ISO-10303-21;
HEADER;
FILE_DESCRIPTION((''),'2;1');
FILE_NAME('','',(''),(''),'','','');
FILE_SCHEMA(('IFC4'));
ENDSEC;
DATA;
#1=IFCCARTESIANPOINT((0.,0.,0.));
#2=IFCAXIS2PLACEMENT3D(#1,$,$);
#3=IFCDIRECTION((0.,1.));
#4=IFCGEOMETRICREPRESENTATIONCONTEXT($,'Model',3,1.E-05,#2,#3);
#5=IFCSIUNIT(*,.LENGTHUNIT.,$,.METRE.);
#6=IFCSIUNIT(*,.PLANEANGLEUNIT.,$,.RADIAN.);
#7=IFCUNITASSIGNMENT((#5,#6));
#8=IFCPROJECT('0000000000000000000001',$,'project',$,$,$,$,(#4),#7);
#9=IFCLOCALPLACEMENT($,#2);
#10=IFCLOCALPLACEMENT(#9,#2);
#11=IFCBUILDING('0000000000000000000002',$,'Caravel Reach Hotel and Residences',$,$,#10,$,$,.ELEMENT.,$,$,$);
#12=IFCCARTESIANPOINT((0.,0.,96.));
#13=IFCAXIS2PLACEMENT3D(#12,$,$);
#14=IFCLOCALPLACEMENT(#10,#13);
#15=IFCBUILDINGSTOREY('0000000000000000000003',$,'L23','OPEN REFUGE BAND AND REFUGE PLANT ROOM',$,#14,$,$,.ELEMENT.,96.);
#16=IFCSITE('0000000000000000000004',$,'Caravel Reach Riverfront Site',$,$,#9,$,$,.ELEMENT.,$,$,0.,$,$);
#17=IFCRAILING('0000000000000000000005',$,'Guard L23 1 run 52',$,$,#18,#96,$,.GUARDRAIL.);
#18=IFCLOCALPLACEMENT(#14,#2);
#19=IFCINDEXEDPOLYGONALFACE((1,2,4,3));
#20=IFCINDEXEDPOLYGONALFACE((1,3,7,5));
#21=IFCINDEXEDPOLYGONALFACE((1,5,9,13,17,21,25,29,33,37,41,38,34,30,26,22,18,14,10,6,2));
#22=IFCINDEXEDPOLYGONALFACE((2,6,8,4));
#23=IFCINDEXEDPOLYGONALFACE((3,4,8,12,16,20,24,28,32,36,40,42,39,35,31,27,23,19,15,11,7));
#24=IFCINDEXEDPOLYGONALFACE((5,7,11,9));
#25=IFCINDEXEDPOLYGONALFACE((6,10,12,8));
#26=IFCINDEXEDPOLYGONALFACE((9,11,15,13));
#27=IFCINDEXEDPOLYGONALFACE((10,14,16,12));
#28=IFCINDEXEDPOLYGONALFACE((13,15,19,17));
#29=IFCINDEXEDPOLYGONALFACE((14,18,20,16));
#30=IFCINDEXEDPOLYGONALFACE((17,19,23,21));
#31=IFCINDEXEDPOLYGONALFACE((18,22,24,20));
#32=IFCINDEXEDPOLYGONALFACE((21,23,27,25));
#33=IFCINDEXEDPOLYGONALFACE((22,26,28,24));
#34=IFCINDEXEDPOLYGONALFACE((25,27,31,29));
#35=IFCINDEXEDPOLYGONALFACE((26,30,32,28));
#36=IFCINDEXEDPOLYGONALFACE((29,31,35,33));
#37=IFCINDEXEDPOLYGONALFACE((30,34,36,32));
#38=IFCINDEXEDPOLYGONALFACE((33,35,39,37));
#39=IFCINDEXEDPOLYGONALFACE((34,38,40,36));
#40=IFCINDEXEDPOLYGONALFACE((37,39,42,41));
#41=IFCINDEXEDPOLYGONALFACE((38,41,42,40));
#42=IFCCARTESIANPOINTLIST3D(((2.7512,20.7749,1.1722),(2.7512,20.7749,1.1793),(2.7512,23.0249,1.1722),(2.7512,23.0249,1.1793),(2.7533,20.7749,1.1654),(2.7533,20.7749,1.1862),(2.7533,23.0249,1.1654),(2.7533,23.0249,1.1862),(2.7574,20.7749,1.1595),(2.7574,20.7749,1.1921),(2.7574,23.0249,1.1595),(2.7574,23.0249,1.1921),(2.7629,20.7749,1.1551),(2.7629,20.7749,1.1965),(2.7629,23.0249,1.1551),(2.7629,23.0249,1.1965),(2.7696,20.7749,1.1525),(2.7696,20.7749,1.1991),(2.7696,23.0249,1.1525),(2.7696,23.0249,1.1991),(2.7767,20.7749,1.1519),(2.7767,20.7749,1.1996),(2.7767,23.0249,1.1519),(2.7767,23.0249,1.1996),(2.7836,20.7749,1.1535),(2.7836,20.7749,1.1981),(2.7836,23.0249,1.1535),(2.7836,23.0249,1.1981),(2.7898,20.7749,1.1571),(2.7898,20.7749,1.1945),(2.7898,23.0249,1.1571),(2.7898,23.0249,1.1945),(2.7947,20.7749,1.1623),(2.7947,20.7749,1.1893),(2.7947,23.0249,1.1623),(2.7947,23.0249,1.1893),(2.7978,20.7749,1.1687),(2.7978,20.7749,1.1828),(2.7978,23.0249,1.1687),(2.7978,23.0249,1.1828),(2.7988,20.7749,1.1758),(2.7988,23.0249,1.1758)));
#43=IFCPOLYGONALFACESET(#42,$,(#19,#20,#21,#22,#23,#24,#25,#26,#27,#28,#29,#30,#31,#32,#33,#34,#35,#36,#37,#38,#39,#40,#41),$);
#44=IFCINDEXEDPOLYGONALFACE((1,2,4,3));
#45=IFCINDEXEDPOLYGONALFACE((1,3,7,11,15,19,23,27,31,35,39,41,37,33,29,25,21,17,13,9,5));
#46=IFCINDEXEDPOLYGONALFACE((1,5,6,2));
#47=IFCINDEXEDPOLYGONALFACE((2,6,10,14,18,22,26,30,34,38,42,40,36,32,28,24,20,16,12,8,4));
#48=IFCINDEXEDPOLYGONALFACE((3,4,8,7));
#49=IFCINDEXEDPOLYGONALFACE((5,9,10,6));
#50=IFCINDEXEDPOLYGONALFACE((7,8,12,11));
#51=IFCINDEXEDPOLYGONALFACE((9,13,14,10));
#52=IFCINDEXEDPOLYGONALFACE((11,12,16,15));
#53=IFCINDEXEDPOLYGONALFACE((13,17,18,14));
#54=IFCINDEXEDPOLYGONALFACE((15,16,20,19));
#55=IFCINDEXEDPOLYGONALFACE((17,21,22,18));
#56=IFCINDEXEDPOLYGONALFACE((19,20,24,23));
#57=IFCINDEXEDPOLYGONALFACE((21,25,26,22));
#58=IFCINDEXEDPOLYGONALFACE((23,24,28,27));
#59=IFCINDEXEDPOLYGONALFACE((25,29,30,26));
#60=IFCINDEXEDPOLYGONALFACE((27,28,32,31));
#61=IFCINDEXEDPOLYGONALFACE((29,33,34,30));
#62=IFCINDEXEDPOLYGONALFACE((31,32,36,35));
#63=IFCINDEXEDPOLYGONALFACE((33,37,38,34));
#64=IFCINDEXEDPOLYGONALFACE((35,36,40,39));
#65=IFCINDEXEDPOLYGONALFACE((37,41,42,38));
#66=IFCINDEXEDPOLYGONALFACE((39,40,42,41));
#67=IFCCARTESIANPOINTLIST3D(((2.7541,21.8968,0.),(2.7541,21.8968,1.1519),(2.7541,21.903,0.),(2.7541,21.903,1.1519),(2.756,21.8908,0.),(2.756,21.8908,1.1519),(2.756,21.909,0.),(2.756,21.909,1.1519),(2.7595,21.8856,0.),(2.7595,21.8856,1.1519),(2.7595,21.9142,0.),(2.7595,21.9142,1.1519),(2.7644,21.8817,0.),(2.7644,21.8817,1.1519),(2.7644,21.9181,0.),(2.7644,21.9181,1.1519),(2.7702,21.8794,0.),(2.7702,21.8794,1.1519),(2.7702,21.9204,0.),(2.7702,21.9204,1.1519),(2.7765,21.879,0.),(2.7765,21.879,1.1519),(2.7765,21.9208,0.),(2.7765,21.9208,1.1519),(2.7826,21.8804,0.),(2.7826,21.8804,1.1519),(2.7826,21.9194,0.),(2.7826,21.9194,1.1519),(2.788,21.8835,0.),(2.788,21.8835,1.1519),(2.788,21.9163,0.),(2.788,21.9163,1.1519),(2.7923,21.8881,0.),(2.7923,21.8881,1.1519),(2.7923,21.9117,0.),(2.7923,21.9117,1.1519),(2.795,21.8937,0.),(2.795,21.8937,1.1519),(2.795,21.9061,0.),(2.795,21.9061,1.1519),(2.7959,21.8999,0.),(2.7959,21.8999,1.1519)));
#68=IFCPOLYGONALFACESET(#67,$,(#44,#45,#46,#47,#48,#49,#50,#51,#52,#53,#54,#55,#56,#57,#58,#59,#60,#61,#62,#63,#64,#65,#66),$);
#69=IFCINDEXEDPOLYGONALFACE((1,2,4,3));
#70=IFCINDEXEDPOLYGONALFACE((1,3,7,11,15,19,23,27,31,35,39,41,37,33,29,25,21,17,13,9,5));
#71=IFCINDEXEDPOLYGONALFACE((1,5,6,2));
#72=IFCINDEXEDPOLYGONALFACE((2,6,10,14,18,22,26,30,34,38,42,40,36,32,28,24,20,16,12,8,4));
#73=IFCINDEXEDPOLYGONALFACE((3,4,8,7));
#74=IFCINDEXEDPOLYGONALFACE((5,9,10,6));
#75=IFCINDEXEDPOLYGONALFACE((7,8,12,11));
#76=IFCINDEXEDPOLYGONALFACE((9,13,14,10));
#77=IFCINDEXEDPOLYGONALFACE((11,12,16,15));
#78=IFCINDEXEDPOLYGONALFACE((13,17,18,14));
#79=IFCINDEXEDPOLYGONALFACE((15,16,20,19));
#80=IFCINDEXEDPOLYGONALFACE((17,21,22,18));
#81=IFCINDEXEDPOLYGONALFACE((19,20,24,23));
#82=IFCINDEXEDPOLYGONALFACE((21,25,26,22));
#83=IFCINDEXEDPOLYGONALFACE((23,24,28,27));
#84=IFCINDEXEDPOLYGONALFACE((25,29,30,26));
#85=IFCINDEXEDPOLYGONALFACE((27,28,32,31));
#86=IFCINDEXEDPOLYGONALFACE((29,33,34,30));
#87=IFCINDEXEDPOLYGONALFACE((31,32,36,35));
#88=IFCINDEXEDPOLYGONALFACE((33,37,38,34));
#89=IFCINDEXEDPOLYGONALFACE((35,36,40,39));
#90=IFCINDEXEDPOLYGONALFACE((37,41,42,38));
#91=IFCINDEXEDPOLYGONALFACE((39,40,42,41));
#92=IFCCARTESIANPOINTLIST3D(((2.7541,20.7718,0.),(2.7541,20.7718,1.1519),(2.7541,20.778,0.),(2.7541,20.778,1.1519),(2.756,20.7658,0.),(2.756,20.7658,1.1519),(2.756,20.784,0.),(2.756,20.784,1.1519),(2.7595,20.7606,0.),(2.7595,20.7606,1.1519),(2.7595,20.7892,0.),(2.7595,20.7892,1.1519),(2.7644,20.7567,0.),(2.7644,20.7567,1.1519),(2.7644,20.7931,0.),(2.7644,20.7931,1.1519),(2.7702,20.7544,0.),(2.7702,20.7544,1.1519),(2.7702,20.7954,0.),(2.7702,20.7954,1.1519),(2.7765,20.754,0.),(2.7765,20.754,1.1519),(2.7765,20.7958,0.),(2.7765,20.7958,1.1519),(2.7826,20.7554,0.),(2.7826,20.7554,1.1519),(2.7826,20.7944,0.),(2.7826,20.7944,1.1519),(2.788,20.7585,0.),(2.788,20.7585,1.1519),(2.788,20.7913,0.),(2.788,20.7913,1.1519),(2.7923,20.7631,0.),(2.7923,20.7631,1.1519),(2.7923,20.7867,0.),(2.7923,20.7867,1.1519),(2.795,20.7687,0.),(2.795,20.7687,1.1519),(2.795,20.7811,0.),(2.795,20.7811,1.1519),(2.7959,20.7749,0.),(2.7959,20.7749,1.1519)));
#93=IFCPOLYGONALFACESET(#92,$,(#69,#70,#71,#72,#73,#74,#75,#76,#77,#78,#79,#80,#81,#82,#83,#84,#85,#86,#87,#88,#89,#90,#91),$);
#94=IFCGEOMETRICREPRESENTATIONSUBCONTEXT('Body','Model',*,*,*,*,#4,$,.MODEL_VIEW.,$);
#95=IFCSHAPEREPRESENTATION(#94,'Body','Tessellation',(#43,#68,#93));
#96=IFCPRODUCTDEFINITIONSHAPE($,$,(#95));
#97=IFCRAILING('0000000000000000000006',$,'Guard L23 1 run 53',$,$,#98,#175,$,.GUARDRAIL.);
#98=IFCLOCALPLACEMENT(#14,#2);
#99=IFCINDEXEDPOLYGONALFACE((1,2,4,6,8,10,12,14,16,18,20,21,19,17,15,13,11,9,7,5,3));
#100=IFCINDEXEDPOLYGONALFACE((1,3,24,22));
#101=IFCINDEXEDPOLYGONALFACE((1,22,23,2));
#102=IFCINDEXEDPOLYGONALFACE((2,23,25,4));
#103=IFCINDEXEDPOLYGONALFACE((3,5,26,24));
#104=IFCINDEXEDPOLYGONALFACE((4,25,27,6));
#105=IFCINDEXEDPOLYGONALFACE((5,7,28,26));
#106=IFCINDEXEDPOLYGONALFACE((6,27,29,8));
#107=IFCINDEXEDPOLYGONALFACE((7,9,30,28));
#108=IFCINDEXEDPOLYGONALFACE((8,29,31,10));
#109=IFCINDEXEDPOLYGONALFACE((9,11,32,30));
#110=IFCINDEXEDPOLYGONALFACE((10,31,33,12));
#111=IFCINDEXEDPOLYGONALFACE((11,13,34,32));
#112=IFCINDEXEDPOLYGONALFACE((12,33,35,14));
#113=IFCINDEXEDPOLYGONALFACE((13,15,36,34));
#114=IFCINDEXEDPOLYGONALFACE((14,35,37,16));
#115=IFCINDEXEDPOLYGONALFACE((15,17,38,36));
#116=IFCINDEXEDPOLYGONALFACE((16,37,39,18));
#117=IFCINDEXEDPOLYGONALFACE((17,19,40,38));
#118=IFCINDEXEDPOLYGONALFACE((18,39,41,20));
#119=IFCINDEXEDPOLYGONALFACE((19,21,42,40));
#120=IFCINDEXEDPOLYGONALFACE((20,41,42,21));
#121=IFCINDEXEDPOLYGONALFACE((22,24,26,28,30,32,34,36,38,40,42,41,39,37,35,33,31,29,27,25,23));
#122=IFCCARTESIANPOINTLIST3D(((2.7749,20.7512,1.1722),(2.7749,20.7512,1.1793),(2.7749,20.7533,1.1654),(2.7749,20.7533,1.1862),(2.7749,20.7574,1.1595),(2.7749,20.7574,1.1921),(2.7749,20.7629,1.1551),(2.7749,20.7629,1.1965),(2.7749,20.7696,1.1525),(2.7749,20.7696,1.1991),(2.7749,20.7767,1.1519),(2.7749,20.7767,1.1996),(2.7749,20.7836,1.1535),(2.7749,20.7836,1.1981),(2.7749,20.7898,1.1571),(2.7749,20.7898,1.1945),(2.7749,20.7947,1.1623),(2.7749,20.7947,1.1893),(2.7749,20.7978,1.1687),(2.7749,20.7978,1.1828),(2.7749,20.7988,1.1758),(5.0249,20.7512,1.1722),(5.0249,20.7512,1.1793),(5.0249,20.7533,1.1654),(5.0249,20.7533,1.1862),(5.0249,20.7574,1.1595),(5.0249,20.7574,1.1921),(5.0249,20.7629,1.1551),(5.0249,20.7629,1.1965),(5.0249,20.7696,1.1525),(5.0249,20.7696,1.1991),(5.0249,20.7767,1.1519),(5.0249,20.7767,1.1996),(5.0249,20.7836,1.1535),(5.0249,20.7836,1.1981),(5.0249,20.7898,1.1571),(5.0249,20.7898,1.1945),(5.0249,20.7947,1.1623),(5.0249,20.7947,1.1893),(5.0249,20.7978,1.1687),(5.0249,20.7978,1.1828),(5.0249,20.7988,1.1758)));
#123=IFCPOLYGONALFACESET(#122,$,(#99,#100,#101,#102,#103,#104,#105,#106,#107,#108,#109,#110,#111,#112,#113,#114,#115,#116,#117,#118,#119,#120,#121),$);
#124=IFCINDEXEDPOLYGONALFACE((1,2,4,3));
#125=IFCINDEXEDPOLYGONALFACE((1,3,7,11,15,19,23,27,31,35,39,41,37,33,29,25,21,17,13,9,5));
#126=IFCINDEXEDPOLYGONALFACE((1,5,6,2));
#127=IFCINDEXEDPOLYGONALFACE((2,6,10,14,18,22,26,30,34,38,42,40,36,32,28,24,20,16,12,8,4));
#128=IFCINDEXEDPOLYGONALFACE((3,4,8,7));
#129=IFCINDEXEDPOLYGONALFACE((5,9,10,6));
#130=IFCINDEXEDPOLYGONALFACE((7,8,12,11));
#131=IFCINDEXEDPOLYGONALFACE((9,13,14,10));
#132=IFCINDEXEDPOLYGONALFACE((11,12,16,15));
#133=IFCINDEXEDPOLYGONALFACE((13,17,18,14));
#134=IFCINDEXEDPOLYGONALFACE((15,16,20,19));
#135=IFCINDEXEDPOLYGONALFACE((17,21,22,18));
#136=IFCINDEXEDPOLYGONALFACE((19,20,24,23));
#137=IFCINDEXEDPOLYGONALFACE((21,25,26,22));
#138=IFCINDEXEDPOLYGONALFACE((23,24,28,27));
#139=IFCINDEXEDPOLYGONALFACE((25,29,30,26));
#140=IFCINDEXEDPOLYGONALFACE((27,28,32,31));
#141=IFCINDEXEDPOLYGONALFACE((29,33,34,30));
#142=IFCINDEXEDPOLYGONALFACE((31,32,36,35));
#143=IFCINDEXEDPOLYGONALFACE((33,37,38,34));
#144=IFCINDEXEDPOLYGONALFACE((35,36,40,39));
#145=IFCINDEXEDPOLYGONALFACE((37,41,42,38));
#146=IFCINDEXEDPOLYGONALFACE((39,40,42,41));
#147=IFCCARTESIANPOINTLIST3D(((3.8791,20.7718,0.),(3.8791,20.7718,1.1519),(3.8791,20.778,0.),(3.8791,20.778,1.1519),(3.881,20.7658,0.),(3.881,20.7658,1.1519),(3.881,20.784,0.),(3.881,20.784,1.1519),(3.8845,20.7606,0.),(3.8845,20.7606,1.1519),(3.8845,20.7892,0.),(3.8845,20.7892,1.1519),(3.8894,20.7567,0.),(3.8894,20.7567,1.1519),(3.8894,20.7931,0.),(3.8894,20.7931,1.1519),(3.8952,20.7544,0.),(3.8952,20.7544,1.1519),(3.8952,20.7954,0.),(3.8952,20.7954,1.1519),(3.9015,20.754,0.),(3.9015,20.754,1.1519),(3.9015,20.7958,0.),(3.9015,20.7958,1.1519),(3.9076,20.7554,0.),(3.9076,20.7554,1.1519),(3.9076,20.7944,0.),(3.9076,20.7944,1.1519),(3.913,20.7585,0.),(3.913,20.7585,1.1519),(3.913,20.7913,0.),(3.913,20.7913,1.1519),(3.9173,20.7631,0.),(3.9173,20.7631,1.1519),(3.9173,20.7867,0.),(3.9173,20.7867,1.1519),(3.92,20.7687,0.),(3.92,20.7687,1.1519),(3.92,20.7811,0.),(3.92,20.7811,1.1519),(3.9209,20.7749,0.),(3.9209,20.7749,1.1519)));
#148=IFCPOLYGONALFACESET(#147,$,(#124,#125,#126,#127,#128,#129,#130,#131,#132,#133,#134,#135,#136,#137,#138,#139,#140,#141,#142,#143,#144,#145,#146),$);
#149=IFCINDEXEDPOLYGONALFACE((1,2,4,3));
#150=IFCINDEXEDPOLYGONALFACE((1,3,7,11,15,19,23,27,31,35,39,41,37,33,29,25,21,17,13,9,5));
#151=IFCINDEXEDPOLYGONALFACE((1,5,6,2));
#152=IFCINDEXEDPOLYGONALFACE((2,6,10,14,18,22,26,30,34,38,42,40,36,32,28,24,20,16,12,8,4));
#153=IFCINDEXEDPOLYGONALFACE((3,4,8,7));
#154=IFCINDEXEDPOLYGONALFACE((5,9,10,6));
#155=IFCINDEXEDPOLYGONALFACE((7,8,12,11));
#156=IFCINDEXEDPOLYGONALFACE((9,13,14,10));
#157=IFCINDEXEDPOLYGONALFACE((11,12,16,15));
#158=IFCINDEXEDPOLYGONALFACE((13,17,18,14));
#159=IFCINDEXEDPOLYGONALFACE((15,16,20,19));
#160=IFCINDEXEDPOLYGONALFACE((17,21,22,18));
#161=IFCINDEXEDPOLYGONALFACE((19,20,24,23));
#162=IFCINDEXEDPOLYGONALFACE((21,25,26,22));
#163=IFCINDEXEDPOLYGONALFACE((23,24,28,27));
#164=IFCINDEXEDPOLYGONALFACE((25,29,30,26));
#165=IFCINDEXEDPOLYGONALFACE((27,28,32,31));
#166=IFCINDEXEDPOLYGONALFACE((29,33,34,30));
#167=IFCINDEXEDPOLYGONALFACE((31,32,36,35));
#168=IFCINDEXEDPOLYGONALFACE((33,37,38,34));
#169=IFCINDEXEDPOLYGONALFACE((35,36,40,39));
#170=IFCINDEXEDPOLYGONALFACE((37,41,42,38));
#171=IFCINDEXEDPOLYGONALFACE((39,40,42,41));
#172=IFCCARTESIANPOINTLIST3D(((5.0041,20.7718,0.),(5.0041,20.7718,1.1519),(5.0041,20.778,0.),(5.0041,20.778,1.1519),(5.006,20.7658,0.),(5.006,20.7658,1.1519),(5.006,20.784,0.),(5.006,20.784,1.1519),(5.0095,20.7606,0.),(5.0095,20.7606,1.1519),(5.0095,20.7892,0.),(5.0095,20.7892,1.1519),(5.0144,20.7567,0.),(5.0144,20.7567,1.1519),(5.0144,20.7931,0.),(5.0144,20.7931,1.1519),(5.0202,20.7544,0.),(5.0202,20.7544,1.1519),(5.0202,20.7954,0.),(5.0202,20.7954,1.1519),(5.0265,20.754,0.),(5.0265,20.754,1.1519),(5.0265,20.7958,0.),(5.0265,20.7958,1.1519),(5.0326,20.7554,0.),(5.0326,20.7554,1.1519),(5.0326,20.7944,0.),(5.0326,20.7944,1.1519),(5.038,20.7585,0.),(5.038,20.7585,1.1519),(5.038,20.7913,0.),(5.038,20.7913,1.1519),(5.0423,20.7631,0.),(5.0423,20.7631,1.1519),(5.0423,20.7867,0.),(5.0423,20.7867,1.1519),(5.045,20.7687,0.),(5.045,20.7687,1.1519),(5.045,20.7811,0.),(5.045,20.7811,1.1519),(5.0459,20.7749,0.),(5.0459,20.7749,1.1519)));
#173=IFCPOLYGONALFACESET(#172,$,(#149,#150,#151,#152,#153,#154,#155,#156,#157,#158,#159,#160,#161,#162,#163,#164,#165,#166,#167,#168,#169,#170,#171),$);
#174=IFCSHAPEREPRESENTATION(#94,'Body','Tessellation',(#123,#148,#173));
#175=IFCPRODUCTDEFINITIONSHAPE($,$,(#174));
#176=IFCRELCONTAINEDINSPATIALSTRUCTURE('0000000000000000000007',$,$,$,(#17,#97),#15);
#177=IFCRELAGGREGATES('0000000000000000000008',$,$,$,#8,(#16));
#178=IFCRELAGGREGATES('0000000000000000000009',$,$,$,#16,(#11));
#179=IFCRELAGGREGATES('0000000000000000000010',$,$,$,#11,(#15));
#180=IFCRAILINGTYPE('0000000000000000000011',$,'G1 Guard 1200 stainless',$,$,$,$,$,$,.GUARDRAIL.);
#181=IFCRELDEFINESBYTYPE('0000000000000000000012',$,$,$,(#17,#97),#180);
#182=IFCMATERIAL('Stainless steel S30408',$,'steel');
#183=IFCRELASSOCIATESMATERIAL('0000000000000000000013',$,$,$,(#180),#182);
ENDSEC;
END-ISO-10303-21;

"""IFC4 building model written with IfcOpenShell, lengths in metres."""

from ifc_helpers import new_model, si_unit, direction, frame, origin, origin_2d, place, context, subcontext, project, spatial, circle, extrude, material, type_object, element, save


model = new_model("IFC4")

# Units and contexts
model_context = context("Model", 3, precision=1e-05, world=origin(), true_north=direction((0.0, 1.0)))
body_context = subcontext(model_context, "Body", "Model", "MODEL_VIEW")
ifc_project = project(units=[si_unit("LENGTHUNIT", "METRE"), si_unit("PLANEANGLEUNIT", "RADIAN")], contexts=[model_context])

# Site, building, storey
site_placement = place(None, origin())
site = spatial("IfcSite", under=ifc_project, at=site_placement, Name="Caravel Reach Riverfront Site", CompositionType="ELEMENT", RefElevation=0.0)
building_placement = place(site_placement, origin())
building = spatial("IfcBuilding", under=site, at=building_placement, Name="Caravel Reach Hotel and Residences", CompositionType="ELEMENT")
storey_placement = place(building_placement, frame((0.0, 0.0, 96.0)))
storey = spatial("IfcBuildingStorey", under=building, at=storey_placement, Name="L23", Description="OPEN REFUGE BAND AND REFUGE PLANT ROOM", CompositionType="ELEMENT", Elevation=96.0)

# Railings
ifc_material_1 = material(Name="Stainless steel S30408", Category="steel")
railing_type = type_object("IfcRailingType", Name="G1 Guard 1200 stainless", PredefinedType="GUARDRAIL", material=ifc_material_1)
railing_1_placement = place(storey_placement, frame((2.7749, 23.0249, 0.0)))
element("IfcRailing", 1, at=railing_1_placement, inside=storey, type_object=railing_type, Name="Guard L23 1 run 52", PredefinedType="GUARDRAIL", context=body_context, shape_type="SweptSolid", body=[
    extrude(circle(Radius=0.0239, at=origin_2d()), frame((0.0, 0.0, 1.1758), z_axis=(0.0, -1.0, 0.0), x_axis=(1.0, 0.0, 0.0)), (0.0, 0.0, 1.0), 2.25),
    extrude(circle(Radius=0.021, at=origin_2d()), frame((0.0, -1.125, 0.0)), (0.0, 0.0, 1.0), 1.1519),
    extrude(circle(Radius=0.021, at=origin_2d()), frame((0.0, -2.25, 0.0)), (0.0, 0.0, 1.0), 1.1519),
])
railing_2_placement = place(storey_placement, frame((2.7749, 20.7749, 0.0)))
element("IfcRailing", 2, at=railing_2_placement, inside=storey, type_object=railing_type, Name="Guard L23 1 run 53", PredefinedType="GUARDRAIL", context=body_context, shape_type="SweptSolid", body=[
    extrude(circle(Radius=0.0239, at=origin_2d()), frame((0.0, 0.0, 1.1758), z_axis=(1.0, 0.0, 0.0), x_axis=(0.0, 1.0, 0.0)), (0.0, 0.0, 1.0), 2.25),
    extrude(circle(Radius=0.021, at=origin_2d()), frame((1.125, 0.0, 0.0)), (0.0, 0.0, 1.0), 1.1519),
    extrude(circle(Radius=0.021, at=origin_2d()), frame((2.25, 0.0, 0.0)), (0.0, 0.0, 1.0), 1.1519),
])

save(model, "model.ifc")
